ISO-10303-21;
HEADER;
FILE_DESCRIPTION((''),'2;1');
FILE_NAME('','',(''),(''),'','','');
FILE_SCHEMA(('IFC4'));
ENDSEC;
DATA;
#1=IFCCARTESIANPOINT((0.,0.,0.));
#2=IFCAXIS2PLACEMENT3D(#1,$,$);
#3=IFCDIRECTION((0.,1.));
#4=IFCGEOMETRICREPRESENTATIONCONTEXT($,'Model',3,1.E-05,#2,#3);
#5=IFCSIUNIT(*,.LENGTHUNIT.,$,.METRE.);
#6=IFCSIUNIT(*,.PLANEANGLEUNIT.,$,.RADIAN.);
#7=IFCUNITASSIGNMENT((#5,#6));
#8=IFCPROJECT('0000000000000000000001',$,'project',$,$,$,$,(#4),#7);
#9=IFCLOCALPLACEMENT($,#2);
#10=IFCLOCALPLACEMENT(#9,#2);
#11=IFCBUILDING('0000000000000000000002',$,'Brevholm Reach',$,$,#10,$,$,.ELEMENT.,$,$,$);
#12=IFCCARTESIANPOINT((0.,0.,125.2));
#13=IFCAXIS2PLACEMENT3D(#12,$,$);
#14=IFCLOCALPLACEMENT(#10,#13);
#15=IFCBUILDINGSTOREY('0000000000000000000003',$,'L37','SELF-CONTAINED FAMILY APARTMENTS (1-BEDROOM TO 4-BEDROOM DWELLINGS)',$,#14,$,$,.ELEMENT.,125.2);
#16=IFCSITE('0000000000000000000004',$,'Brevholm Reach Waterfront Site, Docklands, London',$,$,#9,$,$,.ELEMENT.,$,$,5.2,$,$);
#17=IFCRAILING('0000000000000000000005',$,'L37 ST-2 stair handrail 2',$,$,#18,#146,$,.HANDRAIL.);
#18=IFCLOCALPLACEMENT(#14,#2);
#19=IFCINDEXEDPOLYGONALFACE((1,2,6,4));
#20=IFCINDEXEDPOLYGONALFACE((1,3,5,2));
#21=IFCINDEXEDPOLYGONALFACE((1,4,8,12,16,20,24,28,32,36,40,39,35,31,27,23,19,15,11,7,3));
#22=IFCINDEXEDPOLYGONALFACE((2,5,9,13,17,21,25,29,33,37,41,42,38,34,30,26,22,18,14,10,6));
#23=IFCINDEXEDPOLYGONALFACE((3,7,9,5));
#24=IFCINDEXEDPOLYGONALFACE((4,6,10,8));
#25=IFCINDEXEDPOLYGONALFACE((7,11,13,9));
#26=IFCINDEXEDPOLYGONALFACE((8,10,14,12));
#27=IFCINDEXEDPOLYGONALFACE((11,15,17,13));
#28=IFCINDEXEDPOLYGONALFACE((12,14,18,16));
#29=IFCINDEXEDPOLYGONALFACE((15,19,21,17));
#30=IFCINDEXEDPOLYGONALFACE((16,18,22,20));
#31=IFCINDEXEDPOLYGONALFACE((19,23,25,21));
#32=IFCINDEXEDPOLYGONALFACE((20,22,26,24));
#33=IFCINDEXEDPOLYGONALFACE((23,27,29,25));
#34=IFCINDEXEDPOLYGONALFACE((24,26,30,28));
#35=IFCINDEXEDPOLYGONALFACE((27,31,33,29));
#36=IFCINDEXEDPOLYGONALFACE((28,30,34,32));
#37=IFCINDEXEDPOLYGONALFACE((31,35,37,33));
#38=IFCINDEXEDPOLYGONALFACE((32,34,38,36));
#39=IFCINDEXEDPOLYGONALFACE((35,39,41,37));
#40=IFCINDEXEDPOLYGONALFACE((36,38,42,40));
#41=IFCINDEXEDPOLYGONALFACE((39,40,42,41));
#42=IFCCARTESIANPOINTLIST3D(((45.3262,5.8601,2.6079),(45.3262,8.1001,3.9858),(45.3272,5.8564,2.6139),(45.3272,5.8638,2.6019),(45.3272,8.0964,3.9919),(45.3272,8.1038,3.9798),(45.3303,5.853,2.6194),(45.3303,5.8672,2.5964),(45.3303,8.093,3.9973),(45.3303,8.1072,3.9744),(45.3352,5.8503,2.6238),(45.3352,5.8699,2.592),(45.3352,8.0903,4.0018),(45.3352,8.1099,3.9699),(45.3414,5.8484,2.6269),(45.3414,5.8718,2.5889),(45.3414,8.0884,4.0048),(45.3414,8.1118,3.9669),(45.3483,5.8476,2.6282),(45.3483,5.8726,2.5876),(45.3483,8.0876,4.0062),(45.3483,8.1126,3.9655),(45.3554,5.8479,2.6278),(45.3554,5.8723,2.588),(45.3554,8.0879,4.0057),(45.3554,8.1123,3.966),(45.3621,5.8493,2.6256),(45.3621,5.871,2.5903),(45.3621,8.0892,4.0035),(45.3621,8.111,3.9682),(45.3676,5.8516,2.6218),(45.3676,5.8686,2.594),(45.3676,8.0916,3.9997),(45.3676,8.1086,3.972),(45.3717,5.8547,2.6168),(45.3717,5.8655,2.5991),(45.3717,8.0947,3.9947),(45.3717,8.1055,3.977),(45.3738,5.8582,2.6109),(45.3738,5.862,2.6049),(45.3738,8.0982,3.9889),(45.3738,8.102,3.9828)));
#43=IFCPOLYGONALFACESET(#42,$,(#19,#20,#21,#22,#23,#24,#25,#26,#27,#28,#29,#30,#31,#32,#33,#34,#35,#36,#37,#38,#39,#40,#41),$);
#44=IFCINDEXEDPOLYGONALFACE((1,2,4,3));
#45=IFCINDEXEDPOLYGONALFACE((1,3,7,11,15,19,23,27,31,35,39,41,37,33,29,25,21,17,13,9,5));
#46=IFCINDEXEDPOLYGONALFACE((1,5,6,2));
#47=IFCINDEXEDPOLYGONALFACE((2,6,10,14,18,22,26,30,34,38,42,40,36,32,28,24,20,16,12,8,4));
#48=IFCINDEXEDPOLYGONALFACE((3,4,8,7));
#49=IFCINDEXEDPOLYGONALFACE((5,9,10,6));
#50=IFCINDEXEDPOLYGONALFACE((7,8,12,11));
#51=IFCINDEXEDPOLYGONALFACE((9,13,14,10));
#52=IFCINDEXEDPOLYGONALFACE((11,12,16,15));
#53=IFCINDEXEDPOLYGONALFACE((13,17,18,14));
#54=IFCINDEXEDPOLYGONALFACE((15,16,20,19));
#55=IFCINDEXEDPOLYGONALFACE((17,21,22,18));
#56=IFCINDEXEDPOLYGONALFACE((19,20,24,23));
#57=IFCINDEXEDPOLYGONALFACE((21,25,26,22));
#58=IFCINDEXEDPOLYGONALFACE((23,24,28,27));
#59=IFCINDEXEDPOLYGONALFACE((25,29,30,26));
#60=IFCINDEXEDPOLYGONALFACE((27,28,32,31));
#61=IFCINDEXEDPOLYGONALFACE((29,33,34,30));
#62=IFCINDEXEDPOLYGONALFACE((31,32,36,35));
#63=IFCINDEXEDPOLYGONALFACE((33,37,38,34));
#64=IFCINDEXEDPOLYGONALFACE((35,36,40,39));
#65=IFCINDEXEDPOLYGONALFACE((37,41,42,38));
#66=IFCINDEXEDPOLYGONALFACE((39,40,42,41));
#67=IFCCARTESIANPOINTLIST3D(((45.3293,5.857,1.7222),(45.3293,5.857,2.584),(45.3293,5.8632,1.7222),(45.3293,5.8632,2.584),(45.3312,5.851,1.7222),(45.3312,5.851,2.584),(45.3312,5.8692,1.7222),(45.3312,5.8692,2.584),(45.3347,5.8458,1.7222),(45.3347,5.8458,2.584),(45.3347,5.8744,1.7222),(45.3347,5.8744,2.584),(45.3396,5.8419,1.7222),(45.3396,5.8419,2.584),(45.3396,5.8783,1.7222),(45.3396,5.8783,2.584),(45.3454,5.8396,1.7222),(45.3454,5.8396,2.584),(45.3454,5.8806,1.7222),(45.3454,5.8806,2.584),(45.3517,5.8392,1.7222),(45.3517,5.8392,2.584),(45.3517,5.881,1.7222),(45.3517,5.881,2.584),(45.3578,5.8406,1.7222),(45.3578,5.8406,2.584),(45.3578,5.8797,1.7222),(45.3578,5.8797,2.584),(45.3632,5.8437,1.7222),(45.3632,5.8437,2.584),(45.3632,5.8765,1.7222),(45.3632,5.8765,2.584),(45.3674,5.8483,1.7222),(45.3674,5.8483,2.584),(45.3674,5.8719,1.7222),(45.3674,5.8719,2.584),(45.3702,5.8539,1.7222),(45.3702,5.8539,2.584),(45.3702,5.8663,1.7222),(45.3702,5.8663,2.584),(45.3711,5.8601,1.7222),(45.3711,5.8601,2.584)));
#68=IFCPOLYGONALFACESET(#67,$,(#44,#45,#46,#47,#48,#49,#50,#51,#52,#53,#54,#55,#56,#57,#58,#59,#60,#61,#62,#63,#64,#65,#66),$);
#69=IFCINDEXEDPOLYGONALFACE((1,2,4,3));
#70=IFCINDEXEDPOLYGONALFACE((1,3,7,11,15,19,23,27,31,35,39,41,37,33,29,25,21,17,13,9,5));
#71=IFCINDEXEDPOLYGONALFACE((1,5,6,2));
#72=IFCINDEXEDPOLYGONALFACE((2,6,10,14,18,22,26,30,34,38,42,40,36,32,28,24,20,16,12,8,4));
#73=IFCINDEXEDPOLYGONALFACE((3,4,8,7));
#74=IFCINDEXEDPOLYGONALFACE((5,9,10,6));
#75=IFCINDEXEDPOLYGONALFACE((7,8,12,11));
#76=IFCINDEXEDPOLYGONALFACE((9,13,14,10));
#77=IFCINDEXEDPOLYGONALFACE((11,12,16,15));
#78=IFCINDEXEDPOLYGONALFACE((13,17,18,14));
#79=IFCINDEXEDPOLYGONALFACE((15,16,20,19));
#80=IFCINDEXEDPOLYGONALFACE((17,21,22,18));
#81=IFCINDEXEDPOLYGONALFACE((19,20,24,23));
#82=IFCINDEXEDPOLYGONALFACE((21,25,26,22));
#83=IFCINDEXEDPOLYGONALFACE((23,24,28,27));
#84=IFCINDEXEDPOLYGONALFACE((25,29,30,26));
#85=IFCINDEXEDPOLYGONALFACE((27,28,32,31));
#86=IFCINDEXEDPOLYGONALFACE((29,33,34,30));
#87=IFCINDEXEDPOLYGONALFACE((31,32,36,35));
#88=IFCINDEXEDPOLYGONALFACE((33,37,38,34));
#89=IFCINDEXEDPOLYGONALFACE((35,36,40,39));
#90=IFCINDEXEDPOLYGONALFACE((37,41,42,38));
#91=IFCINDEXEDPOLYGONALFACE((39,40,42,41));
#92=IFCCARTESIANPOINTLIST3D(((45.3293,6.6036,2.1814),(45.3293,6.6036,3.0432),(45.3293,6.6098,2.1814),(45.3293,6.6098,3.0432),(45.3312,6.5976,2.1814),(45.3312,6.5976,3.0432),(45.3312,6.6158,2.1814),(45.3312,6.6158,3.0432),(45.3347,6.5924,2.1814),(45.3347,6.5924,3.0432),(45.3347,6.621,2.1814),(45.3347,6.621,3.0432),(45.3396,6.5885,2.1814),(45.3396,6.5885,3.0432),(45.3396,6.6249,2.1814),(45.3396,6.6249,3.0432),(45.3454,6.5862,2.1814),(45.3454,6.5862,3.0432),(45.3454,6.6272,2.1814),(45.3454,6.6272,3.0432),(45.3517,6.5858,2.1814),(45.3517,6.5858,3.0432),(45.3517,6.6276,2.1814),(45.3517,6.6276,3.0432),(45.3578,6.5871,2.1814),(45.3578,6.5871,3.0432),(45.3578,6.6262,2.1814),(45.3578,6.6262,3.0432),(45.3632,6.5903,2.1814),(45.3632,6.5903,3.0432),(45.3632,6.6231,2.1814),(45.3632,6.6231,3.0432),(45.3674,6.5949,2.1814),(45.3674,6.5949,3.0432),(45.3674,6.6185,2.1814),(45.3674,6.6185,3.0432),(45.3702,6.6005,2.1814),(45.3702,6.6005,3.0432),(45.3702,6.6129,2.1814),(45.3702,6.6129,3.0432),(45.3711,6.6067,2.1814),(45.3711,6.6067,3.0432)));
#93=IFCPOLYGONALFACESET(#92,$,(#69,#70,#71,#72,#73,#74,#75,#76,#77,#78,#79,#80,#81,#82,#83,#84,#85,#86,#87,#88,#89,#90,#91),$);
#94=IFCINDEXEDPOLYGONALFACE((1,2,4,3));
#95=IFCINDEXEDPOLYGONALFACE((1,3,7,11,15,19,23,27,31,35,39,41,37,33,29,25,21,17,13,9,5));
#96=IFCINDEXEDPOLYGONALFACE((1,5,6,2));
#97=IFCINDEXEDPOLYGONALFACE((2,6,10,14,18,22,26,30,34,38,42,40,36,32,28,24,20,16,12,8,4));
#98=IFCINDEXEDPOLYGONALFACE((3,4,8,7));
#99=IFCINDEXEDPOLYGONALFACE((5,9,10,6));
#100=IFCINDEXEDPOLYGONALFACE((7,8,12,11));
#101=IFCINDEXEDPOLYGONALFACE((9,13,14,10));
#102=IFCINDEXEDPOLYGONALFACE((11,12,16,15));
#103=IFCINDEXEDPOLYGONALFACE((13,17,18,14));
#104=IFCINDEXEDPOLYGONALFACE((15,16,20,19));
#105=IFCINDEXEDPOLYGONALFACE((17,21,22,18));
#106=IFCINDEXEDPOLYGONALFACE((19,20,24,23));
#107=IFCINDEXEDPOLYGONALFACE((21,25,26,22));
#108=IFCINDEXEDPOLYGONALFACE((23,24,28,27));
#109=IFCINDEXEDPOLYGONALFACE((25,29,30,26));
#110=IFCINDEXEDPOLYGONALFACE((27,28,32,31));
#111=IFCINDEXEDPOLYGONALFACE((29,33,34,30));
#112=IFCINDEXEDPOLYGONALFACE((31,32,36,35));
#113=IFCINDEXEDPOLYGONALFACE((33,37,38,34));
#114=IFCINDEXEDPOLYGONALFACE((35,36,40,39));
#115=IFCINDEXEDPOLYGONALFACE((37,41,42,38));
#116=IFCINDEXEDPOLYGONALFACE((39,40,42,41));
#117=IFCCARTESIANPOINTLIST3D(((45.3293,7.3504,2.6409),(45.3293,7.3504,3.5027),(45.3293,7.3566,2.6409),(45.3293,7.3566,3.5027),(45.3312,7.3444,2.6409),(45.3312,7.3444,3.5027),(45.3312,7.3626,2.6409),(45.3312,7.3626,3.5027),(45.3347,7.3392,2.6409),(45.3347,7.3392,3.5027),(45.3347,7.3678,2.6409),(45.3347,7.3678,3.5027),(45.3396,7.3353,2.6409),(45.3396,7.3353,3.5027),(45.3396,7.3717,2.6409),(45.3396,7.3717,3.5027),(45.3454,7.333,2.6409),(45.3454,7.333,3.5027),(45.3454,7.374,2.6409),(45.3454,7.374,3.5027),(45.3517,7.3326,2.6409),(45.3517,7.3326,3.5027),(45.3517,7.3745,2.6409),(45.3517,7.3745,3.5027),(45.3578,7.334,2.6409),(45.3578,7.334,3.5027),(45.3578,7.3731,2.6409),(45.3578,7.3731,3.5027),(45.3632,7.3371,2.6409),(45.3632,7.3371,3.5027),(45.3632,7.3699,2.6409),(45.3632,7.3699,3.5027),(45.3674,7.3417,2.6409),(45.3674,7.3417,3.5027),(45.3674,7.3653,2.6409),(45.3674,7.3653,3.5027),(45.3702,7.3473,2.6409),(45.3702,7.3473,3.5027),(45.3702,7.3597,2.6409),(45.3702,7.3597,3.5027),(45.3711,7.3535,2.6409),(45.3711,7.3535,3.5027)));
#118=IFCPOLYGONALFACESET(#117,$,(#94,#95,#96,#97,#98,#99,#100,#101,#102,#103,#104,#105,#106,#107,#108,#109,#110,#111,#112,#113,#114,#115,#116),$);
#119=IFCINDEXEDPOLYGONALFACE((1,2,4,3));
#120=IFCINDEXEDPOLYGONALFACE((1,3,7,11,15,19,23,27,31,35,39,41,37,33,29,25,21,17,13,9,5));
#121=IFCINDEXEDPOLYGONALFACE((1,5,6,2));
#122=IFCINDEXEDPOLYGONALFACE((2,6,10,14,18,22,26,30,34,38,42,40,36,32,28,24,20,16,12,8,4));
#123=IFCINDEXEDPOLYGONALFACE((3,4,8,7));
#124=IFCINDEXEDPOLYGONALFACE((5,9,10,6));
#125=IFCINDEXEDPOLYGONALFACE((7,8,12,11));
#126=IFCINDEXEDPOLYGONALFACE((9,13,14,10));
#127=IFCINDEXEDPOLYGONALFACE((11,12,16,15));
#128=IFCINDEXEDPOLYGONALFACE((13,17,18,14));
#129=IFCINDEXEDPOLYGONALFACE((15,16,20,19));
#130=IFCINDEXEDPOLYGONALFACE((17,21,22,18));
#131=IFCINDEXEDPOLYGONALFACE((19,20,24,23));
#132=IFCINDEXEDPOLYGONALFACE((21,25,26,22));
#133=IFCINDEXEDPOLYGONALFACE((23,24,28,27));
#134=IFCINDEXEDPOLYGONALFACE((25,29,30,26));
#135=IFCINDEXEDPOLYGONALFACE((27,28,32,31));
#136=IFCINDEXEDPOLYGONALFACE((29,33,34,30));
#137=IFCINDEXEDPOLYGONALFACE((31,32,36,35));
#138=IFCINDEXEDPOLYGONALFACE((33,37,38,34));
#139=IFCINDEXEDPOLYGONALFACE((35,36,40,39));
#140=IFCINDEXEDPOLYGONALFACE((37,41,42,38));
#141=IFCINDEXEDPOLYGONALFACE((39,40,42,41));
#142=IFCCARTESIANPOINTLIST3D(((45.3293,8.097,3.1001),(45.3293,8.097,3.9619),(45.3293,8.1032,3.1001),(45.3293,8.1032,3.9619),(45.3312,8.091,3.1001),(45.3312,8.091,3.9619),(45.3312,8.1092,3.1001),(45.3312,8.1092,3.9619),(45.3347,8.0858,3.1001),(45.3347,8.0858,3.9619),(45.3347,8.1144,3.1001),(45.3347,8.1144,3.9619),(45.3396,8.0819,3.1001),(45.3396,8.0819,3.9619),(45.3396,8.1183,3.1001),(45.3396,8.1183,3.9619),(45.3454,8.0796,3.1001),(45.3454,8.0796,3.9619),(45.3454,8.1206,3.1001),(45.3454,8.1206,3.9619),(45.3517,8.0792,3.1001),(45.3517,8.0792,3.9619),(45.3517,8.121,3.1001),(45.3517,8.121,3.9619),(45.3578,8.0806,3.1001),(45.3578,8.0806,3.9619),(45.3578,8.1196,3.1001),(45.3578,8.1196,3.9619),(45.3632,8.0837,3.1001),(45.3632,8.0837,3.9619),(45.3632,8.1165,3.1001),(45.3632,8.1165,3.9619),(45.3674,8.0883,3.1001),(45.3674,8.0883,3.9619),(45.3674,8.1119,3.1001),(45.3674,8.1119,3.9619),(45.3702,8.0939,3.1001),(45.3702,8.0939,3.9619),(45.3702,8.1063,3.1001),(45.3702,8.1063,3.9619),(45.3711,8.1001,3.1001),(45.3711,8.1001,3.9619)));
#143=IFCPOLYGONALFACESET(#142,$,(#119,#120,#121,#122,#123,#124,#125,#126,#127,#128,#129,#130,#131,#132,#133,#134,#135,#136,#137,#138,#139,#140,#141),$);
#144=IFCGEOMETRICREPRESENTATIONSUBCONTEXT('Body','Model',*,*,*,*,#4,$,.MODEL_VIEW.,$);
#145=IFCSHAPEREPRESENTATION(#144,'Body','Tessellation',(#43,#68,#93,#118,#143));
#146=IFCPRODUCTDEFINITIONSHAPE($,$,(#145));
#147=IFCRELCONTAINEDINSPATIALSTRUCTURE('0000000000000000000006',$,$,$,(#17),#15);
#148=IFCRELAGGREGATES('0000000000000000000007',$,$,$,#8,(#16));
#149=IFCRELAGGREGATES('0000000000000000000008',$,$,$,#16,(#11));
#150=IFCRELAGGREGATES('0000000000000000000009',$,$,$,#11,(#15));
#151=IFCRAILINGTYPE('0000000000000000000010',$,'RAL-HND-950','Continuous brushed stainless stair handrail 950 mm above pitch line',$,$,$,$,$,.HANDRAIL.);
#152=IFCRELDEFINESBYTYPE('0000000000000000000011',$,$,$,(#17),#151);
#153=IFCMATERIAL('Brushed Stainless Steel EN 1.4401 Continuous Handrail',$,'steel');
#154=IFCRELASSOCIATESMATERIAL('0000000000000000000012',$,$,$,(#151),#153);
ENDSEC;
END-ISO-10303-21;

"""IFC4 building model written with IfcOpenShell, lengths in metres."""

from ifc_helpers import new_model, si_unit, direction, frame, origin, origin_2d, place, context, subcontext, project, spatial, circle, extrude, material, type_object, element, save


model = new_model("IFC4")

# Units and contexts
model_context = context("Model", 3, precision=1e-05, world=origin(), true_north=direction((0.0, 1.0)))
body_context = subcontext(model_context, "Body", "Model", "MODEL_VIEW")
ifc_project = project(units=[si_unit("LENGTHUNIT", "METRE"), si_unit("PLANEANGLEUNIT", "RADIAN")], contexts=[model_context])

# Site, building, storey
site_placement = place(None, origin())
site = spatial("IfcSite", under=ifc_project, at=site_placement, Name="Brevholm Reach Waterfront Site, Docklands, London", CompositionType="ELEMENT", RefElevation=5.2)
building_placement = place(site_placement, origin())
building = spatial("IfcBuilding", under=site, at=building_placement, Name="Brevholm Reach", CompositionType="ELEMENT")
storey_placement = place(building_placement, frame((0.0, 0.0, 125.2)))
storey = spatial("IfcBuildingStorey", under=building, at=storey_placement, Name="L37", Description="SELF-CONTAINED FAMILY APARTMENTS (1-BEDROOM TO 4-BEDROOM DWELLINGS)", CompositionType="ELEMENT", Elevation=125.2)

# Railing
ifc_material_1 = material(Name="Brushed Stainless Steel EN 1.4401 Continuous Handrail", Category="steel")
railing_type_1 = type_object("IfcRailingType", Name="RAL-HND-950", Description="Continuous brushed stainless stair handrail 950 mm above pitch line", PredefinedType="HANDRAIL", material=ifc_material_1)
railing_1_placement = place(storey_placement, frame((45.3501, 5.8601, 1.7222)))
element("IfcRailing", 1, at=railing_1_placement, inside=storey, type_object=railing_type_1, Name="L37 ST-2 stair handrail 2", PredefinedType="HANDRAIL", context=body_context, shape_type="SweptSolid", body=[
    extrude(circle(Radius=0.0239, at=origin_2d()), frame((0.0, 0.0, 0.8857), z_axis=(0.0, 0.851748, 0.523952), x_axis=(-1.0, 0.0, 0.0)), (0.0, 0.0, 1.0), 2.6299),
    extrude(circle(Radius=0.021, at=origin_2d()), origin(), (0.0, 0.0, 1.0), 0.8618),
    extrude(circle(Radius=0.021, at=origin_2d()), frame((0.0, 0.7466, 0.4592)), (0.0, 0.0, 1.0), 0.8618),
    extrude(circle(Radius=0.021, at=origin_2d()), frame((0.0, 1.4934, 0.9187)), (0.0, 0.0, 1.0), 0.8618),
    extrude(circle(Radius=0.021, at=origin_2d()), frame((0.0, 2.24, 1.3779)), (0.0, 0.0, 1.0), 0.8618),
])

save(model, "model.ifc")
